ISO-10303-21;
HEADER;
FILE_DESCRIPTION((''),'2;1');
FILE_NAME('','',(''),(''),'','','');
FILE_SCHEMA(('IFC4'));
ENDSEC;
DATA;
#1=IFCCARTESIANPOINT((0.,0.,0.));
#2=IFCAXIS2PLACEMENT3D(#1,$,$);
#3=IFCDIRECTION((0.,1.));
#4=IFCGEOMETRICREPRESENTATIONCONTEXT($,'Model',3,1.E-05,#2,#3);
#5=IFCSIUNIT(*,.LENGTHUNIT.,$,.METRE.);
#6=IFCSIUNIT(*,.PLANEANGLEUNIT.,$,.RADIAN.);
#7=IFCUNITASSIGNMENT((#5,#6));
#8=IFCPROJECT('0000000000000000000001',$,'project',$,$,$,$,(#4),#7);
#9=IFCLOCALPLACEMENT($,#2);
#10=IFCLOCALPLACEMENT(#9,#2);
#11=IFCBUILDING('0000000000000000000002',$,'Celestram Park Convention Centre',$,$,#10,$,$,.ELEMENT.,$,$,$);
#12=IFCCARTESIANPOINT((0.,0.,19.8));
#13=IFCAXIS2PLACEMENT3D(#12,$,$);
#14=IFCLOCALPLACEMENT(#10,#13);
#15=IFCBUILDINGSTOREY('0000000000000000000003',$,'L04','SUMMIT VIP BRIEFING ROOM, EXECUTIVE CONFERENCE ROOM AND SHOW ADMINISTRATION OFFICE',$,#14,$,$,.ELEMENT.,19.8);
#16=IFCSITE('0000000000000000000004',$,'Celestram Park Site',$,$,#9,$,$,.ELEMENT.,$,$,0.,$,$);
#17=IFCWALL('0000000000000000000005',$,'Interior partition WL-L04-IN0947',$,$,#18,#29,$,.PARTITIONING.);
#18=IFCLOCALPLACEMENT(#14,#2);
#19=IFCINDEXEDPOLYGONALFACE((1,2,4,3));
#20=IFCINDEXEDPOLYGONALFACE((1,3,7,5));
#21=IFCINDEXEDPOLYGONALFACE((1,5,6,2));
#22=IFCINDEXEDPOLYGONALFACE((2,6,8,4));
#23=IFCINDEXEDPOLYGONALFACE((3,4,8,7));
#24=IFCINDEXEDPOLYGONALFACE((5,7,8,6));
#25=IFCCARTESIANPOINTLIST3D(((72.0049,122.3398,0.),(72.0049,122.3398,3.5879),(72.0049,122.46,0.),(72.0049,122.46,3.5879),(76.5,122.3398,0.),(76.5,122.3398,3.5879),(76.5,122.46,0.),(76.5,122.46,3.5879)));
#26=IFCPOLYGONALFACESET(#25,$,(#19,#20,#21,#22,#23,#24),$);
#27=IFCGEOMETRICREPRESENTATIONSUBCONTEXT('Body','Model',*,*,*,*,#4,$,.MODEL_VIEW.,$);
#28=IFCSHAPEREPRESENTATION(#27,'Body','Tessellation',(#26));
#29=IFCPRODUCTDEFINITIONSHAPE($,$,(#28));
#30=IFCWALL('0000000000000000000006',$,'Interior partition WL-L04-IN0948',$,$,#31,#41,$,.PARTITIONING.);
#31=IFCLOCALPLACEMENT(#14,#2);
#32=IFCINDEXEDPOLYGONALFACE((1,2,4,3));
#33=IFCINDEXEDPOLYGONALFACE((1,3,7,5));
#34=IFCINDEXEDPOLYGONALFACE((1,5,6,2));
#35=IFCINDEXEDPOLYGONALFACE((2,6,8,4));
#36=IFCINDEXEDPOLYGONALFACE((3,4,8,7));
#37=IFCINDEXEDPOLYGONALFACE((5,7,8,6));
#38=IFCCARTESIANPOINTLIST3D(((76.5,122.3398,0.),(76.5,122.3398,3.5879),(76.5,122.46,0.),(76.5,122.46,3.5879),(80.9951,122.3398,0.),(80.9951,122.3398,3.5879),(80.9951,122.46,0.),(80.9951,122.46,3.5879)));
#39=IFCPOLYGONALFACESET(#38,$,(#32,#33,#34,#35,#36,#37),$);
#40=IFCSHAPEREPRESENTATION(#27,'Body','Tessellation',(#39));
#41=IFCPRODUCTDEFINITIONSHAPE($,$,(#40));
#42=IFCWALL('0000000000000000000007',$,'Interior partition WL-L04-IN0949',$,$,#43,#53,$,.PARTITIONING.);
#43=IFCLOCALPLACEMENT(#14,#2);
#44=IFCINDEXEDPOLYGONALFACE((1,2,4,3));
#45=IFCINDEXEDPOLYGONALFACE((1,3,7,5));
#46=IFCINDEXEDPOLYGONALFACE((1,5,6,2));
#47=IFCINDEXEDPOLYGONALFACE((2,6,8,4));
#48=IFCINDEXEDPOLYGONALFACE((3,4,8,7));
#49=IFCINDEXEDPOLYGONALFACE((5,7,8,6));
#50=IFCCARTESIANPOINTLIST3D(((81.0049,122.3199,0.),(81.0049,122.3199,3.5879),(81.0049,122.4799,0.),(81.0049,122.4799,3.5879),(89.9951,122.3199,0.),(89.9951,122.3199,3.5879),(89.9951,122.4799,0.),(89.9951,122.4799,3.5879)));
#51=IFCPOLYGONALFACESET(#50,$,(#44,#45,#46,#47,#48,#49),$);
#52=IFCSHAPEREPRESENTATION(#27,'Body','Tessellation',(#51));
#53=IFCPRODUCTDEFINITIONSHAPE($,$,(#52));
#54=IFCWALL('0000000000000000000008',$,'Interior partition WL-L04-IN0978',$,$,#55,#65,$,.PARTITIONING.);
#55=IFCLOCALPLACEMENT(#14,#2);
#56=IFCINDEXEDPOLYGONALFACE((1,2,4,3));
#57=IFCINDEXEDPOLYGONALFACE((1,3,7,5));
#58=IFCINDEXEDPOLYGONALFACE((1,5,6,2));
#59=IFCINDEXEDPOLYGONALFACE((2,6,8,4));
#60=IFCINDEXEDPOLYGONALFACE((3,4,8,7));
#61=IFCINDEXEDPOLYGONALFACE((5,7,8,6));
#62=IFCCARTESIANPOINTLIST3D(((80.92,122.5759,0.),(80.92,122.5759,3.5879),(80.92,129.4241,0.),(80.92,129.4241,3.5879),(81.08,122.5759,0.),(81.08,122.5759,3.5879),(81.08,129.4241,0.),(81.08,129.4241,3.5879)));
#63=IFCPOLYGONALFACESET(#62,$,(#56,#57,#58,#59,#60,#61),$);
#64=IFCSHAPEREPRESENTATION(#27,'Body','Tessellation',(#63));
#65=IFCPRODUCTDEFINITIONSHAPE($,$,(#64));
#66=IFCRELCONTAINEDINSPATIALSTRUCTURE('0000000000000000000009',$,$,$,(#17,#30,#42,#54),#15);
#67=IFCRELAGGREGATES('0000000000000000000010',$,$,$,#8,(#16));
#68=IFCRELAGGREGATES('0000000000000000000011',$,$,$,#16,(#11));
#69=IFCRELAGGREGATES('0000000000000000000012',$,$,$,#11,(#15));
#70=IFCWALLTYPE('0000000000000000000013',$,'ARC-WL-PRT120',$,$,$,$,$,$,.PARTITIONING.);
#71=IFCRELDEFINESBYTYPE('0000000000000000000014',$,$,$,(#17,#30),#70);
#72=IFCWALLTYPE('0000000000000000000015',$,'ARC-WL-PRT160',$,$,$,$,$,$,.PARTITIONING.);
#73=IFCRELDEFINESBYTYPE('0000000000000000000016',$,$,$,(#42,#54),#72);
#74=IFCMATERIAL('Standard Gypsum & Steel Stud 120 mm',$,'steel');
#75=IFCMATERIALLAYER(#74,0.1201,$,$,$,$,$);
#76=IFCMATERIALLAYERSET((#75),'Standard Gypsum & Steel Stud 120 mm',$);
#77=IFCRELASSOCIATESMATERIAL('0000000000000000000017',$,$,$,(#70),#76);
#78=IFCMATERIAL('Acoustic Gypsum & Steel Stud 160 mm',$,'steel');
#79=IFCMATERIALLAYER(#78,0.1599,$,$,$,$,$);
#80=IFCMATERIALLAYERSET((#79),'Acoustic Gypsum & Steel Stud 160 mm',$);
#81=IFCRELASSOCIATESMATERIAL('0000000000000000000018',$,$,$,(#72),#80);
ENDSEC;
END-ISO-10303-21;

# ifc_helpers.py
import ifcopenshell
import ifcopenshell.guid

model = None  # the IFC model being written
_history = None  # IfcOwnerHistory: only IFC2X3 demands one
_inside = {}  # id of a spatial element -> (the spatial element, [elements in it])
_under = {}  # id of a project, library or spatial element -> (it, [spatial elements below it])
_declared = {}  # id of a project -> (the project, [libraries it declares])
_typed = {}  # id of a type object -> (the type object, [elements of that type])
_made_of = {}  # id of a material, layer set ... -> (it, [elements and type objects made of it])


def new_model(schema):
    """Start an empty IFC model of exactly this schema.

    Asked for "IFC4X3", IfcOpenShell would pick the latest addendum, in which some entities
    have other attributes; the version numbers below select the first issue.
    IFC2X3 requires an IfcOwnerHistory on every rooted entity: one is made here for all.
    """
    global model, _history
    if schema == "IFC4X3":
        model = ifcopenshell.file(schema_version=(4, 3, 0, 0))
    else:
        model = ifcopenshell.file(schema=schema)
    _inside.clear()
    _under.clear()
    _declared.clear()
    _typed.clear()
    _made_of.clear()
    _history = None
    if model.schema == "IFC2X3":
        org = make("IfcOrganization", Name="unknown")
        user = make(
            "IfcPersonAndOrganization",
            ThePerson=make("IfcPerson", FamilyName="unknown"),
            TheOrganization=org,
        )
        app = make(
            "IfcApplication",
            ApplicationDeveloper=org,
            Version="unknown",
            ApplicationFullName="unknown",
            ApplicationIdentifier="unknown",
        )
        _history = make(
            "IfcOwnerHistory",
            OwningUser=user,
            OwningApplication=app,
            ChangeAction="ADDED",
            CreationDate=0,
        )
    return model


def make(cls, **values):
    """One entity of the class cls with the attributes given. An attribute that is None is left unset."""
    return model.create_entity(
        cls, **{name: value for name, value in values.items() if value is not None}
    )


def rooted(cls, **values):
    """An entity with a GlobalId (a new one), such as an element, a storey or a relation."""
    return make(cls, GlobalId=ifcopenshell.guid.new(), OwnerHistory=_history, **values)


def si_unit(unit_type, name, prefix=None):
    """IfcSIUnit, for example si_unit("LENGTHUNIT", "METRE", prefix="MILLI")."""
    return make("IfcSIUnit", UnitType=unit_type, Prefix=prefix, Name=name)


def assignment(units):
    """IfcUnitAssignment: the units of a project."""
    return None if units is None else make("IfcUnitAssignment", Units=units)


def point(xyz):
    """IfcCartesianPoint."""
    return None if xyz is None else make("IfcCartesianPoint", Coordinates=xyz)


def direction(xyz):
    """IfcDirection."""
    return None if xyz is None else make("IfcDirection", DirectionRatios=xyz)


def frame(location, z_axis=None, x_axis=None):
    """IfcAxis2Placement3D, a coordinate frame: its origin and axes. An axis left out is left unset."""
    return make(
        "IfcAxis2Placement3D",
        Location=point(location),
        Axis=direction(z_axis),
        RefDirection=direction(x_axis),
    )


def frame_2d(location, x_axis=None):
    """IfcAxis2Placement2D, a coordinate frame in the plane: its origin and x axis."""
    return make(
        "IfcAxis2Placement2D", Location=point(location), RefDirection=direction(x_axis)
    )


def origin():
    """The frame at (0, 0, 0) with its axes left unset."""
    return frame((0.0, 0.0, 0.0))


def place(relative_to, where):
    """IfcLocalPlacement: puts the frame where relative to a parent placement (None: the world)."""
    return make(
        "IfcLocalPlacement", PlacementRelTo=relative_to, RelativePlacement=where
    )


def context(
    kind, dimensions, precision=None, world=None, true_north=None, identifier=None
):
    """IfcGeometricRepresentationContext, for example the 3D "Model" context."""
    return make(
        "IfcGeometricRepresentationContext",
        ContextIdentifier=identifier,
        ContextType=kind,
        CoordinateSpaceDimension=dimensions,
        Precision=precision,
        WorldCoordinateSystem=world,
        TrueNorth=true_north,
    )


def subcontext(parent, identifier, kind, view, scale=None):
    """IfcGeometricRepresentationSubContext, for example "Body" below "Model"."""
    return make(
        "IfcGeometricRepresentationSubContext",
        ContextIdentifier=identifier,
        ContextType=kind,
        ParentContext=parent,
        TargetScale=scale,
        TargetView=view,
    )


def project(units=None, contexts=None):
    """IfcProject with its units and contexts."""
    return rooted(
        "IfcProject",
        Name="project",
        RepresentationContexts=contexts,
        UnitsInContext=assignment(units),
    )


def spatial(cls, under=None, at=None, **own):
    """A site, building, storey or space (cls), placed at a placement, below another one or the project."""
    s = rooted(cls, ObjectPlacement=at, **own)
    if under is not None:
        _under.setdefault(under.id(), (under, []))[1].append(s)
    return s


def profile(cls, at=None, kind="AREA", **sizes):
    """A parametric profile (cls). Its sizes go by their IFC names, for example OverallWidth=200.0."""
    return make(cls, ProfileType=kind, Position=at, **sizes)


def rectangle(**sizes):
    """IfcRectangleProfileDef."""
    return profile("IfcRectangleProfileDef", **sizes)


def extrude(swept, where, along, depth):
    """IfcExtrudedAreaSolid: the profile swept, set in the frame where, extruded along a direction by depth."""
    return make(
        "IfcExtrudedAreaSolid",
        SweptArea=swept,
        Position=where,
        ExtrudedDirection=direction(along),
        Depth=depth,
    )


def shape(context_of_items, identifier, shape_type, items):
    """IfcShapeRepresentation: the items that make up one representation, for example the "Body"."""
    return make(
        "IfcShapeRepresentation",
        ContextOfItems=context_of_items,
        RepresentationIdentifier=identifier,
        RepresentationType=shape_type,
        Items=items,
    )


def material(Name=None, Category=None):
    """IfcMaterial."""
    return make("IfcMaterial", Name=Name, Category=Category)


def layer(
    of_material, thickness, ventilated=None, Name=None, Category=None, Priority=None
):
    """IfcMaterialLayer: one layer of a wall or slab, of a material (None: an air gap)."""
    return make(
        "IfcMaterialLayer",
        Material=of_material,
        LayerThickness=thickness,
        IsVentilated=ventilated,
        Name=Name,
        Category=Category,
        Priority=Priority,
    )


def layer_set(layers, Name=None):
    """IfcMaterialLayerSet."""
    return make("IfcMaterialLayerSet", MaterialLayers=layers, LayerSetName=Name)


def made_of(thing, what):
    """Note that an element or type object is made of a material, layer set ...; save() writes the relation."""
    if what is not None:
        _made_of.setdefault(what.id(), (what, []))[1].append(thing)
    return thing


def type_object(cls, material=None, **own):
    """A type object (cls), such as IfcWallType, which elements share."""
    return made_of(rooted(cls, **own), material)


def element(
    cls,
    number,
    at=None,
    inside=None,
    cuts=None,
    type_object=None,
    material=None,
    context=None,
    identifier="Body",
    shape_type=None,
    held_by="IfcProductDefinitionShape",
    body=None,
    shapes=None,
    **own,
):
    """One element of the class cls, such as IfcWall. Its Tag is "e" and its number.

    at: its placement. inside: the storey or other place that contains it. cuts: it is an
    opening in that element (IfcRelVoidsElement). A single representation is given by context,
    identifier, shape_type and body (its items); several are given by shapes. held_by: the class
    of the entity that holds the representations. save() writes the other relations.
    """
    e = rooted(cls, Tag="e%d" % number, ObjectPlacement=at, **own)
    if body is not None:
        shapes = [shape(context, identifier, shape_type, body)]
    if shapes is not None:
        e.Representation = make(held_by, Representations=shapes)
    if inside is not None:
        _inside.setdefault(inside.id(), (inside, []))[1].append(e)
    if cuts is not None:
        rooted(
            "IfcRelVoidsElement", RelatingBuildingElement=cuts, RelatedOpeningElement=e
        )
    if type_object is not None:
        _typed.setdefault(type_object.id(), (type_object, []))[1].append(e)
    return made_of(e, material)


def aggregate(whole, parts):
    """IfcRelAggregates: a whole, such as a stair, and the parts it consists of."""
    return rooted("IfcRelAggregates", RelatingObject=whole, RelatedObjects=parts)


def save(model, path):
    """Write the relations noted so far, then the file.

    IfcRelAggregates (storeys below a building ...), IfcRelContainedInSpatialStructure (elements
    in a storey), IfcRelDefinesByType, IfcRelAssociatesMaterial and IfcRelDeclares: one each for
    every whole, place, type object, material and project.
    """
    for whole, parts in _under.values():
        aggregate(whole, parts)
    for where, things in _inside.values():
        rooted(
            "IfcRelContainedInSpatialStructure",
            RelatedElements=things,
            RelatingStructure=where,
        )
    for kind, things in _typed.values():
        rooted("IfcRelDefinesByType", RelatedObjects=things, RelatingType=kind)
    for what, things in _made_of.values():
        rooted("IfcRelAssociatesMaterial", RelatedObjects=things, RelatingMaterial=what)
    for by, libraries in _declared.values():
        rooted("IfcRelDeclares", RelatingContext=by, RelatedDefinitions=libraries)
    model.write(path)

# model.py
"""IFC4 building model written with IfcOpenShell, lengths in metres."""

from ifc_helpers import new_model, si_unit, direction, frame, frame_2d, origin, place, context, subcontext, project, spatial, rectangle, extrude, material, layer, layer_set, type_object, element, save


model = new_model("IFC4")

# Units and contexts
model_context = context("Model", 3, precision=1e-05, world=origin(), true_north=direction((0.0, 1.0)))
body_context = subcontext(model_context, "Body", "Model", "MODEL_VIEW")
ifc_project = project(units=[si_unit("LENGTHUNIT", "METRE"), si_unit("PLANEANGLEUNIT", "RADIAN")], contexts=[model_context])

# Site, building, storey
site_placement = place(None, origin())
site = spatial("IfcSite", under=ifc_project, at=site_placement, Name="Celestram Park Site", CompositionType="ELEMENT", RefElevation=0.0)
building_placement = place(site_placement, origin())
building = spatial("IfcBuilding", under=site, at=building_placement, Name="Celestram Park Convention Centre", CompositionType="ELEMENT")
storey_placement = place(building_placement, frame((0.0, 0.0, 19.8)))
storey = spatial("IfcBuildingStorey", under=building, at=storey_placement, Name="L04", Description="SUMMIT VIP BRIEFING ROOM, EXECUTIVE CONFERENCE ROOM AND SHOW ADMINISTRATION OFFICE", CompositionType="ELEMENT", Elevation=19.8)

# Walls
ifc_material_1 = material(Name="Standard Gypsum & Steel Stud 120 mm", Category="steel")
ifc_layer_1 = layer(ifc_material_1, 0.1201)
ifc_layer_set_1 = layer_set([ifc_layer_1], Name="Standard Gypsum & Steel Stud 120 mm")
wall_type_1 = type_object("IfcWallType", Name="ARC-WL-PRT120", PredefinedType="PARTITIONING", material=ifc_layer_set_1)
for number, where, z_axis, x_axis, name in (
    (1, (72.0049, 122.3999, 0.0), (0.0, 0.0, 1.0), (1.0, 0.0, 0.0), "Interior partition WL-L04-IN0947"),
    (2, (76.5, 122.3999, 0.0), (0.0, 0.0, 1.0), (1.0, 0.0, 0.0), "Interior partition WL-L04-IN0948"),
):
    element("IfcWall", number, at=place(storey_placement, frame(where, z_axis=z_axis, x_axis=x_axis)), inside=storey, type_object=wall_type_1, Name=name, PredefinedType="PARTITIONING", context=body_context, shape_type="SweptSolid", body=[
        extrude(rectangle(XDim=4.4951, YDim=0.1201, at=frame_2d((2.2476, 0.0))), origin(), (0.0, 0.0, 1.0), 3.5879),
    ])
ifc_material_2 = material(Name="Acoustic Gypsum & Steel Stud 160 mm", Category="steel")
ifc_layer_2 = layer(ifc_material_2, 0.1599)
ifc_layer_set_2 = layer_set([ifc_layer_2], Name="Acoustic Gypsum & Steel Stud 160 mm")
wall_type_2 = type_object("IfcWallType", Name="ARC-WL-PRT160", PredefinedType="PARTITIONING", material=ifc_layer_set_2)
wall_1_placement = place(storey_placement, frame((81.0049, 122.3999, 0.0), z_axis=(0.0, 0.0, 1.0), x_axis=(1.0, 0.0, 0.0)))
element("IfcWall", 3, at=wall_1_placement, inside=storey, type_object=wall_type_2, Name="Interior partition WL-L04-IN0949", PredefinedType="PARTITIONING", context=body_context, shape_type="SweptSolid", body=[
    extrude(rectangle(XDim=8.9902, YDim=0.1599, at=frame_2d((4.4951, 0.0))), origin(), (0.0, 0.0, 1.0), 3.5879),
])
wall_2_placement = place(storey_placement, frame((81.0, 122.5759, 0.0), z_axis=(0.0, 0.0, 1.0), x_axis=(0.0, 1.0, 0.0)))
element("IfcWall", 4, at=wall_2_placement, inside=storey, type_object=wall_type_2, Name="Interior partition WL-L04-IN0978", PredefinedType="PARTITIONING", context=body_context, shape_type="SweptSolid", body=[
    extrude(rectangle(XDim=6.8481, YDim=0.1599, at=frame_2d((3.4241, 0.0))), origin(), (0.0, 0.0, 1.0), 3.5879),
])

save(model, "model.ifc")
